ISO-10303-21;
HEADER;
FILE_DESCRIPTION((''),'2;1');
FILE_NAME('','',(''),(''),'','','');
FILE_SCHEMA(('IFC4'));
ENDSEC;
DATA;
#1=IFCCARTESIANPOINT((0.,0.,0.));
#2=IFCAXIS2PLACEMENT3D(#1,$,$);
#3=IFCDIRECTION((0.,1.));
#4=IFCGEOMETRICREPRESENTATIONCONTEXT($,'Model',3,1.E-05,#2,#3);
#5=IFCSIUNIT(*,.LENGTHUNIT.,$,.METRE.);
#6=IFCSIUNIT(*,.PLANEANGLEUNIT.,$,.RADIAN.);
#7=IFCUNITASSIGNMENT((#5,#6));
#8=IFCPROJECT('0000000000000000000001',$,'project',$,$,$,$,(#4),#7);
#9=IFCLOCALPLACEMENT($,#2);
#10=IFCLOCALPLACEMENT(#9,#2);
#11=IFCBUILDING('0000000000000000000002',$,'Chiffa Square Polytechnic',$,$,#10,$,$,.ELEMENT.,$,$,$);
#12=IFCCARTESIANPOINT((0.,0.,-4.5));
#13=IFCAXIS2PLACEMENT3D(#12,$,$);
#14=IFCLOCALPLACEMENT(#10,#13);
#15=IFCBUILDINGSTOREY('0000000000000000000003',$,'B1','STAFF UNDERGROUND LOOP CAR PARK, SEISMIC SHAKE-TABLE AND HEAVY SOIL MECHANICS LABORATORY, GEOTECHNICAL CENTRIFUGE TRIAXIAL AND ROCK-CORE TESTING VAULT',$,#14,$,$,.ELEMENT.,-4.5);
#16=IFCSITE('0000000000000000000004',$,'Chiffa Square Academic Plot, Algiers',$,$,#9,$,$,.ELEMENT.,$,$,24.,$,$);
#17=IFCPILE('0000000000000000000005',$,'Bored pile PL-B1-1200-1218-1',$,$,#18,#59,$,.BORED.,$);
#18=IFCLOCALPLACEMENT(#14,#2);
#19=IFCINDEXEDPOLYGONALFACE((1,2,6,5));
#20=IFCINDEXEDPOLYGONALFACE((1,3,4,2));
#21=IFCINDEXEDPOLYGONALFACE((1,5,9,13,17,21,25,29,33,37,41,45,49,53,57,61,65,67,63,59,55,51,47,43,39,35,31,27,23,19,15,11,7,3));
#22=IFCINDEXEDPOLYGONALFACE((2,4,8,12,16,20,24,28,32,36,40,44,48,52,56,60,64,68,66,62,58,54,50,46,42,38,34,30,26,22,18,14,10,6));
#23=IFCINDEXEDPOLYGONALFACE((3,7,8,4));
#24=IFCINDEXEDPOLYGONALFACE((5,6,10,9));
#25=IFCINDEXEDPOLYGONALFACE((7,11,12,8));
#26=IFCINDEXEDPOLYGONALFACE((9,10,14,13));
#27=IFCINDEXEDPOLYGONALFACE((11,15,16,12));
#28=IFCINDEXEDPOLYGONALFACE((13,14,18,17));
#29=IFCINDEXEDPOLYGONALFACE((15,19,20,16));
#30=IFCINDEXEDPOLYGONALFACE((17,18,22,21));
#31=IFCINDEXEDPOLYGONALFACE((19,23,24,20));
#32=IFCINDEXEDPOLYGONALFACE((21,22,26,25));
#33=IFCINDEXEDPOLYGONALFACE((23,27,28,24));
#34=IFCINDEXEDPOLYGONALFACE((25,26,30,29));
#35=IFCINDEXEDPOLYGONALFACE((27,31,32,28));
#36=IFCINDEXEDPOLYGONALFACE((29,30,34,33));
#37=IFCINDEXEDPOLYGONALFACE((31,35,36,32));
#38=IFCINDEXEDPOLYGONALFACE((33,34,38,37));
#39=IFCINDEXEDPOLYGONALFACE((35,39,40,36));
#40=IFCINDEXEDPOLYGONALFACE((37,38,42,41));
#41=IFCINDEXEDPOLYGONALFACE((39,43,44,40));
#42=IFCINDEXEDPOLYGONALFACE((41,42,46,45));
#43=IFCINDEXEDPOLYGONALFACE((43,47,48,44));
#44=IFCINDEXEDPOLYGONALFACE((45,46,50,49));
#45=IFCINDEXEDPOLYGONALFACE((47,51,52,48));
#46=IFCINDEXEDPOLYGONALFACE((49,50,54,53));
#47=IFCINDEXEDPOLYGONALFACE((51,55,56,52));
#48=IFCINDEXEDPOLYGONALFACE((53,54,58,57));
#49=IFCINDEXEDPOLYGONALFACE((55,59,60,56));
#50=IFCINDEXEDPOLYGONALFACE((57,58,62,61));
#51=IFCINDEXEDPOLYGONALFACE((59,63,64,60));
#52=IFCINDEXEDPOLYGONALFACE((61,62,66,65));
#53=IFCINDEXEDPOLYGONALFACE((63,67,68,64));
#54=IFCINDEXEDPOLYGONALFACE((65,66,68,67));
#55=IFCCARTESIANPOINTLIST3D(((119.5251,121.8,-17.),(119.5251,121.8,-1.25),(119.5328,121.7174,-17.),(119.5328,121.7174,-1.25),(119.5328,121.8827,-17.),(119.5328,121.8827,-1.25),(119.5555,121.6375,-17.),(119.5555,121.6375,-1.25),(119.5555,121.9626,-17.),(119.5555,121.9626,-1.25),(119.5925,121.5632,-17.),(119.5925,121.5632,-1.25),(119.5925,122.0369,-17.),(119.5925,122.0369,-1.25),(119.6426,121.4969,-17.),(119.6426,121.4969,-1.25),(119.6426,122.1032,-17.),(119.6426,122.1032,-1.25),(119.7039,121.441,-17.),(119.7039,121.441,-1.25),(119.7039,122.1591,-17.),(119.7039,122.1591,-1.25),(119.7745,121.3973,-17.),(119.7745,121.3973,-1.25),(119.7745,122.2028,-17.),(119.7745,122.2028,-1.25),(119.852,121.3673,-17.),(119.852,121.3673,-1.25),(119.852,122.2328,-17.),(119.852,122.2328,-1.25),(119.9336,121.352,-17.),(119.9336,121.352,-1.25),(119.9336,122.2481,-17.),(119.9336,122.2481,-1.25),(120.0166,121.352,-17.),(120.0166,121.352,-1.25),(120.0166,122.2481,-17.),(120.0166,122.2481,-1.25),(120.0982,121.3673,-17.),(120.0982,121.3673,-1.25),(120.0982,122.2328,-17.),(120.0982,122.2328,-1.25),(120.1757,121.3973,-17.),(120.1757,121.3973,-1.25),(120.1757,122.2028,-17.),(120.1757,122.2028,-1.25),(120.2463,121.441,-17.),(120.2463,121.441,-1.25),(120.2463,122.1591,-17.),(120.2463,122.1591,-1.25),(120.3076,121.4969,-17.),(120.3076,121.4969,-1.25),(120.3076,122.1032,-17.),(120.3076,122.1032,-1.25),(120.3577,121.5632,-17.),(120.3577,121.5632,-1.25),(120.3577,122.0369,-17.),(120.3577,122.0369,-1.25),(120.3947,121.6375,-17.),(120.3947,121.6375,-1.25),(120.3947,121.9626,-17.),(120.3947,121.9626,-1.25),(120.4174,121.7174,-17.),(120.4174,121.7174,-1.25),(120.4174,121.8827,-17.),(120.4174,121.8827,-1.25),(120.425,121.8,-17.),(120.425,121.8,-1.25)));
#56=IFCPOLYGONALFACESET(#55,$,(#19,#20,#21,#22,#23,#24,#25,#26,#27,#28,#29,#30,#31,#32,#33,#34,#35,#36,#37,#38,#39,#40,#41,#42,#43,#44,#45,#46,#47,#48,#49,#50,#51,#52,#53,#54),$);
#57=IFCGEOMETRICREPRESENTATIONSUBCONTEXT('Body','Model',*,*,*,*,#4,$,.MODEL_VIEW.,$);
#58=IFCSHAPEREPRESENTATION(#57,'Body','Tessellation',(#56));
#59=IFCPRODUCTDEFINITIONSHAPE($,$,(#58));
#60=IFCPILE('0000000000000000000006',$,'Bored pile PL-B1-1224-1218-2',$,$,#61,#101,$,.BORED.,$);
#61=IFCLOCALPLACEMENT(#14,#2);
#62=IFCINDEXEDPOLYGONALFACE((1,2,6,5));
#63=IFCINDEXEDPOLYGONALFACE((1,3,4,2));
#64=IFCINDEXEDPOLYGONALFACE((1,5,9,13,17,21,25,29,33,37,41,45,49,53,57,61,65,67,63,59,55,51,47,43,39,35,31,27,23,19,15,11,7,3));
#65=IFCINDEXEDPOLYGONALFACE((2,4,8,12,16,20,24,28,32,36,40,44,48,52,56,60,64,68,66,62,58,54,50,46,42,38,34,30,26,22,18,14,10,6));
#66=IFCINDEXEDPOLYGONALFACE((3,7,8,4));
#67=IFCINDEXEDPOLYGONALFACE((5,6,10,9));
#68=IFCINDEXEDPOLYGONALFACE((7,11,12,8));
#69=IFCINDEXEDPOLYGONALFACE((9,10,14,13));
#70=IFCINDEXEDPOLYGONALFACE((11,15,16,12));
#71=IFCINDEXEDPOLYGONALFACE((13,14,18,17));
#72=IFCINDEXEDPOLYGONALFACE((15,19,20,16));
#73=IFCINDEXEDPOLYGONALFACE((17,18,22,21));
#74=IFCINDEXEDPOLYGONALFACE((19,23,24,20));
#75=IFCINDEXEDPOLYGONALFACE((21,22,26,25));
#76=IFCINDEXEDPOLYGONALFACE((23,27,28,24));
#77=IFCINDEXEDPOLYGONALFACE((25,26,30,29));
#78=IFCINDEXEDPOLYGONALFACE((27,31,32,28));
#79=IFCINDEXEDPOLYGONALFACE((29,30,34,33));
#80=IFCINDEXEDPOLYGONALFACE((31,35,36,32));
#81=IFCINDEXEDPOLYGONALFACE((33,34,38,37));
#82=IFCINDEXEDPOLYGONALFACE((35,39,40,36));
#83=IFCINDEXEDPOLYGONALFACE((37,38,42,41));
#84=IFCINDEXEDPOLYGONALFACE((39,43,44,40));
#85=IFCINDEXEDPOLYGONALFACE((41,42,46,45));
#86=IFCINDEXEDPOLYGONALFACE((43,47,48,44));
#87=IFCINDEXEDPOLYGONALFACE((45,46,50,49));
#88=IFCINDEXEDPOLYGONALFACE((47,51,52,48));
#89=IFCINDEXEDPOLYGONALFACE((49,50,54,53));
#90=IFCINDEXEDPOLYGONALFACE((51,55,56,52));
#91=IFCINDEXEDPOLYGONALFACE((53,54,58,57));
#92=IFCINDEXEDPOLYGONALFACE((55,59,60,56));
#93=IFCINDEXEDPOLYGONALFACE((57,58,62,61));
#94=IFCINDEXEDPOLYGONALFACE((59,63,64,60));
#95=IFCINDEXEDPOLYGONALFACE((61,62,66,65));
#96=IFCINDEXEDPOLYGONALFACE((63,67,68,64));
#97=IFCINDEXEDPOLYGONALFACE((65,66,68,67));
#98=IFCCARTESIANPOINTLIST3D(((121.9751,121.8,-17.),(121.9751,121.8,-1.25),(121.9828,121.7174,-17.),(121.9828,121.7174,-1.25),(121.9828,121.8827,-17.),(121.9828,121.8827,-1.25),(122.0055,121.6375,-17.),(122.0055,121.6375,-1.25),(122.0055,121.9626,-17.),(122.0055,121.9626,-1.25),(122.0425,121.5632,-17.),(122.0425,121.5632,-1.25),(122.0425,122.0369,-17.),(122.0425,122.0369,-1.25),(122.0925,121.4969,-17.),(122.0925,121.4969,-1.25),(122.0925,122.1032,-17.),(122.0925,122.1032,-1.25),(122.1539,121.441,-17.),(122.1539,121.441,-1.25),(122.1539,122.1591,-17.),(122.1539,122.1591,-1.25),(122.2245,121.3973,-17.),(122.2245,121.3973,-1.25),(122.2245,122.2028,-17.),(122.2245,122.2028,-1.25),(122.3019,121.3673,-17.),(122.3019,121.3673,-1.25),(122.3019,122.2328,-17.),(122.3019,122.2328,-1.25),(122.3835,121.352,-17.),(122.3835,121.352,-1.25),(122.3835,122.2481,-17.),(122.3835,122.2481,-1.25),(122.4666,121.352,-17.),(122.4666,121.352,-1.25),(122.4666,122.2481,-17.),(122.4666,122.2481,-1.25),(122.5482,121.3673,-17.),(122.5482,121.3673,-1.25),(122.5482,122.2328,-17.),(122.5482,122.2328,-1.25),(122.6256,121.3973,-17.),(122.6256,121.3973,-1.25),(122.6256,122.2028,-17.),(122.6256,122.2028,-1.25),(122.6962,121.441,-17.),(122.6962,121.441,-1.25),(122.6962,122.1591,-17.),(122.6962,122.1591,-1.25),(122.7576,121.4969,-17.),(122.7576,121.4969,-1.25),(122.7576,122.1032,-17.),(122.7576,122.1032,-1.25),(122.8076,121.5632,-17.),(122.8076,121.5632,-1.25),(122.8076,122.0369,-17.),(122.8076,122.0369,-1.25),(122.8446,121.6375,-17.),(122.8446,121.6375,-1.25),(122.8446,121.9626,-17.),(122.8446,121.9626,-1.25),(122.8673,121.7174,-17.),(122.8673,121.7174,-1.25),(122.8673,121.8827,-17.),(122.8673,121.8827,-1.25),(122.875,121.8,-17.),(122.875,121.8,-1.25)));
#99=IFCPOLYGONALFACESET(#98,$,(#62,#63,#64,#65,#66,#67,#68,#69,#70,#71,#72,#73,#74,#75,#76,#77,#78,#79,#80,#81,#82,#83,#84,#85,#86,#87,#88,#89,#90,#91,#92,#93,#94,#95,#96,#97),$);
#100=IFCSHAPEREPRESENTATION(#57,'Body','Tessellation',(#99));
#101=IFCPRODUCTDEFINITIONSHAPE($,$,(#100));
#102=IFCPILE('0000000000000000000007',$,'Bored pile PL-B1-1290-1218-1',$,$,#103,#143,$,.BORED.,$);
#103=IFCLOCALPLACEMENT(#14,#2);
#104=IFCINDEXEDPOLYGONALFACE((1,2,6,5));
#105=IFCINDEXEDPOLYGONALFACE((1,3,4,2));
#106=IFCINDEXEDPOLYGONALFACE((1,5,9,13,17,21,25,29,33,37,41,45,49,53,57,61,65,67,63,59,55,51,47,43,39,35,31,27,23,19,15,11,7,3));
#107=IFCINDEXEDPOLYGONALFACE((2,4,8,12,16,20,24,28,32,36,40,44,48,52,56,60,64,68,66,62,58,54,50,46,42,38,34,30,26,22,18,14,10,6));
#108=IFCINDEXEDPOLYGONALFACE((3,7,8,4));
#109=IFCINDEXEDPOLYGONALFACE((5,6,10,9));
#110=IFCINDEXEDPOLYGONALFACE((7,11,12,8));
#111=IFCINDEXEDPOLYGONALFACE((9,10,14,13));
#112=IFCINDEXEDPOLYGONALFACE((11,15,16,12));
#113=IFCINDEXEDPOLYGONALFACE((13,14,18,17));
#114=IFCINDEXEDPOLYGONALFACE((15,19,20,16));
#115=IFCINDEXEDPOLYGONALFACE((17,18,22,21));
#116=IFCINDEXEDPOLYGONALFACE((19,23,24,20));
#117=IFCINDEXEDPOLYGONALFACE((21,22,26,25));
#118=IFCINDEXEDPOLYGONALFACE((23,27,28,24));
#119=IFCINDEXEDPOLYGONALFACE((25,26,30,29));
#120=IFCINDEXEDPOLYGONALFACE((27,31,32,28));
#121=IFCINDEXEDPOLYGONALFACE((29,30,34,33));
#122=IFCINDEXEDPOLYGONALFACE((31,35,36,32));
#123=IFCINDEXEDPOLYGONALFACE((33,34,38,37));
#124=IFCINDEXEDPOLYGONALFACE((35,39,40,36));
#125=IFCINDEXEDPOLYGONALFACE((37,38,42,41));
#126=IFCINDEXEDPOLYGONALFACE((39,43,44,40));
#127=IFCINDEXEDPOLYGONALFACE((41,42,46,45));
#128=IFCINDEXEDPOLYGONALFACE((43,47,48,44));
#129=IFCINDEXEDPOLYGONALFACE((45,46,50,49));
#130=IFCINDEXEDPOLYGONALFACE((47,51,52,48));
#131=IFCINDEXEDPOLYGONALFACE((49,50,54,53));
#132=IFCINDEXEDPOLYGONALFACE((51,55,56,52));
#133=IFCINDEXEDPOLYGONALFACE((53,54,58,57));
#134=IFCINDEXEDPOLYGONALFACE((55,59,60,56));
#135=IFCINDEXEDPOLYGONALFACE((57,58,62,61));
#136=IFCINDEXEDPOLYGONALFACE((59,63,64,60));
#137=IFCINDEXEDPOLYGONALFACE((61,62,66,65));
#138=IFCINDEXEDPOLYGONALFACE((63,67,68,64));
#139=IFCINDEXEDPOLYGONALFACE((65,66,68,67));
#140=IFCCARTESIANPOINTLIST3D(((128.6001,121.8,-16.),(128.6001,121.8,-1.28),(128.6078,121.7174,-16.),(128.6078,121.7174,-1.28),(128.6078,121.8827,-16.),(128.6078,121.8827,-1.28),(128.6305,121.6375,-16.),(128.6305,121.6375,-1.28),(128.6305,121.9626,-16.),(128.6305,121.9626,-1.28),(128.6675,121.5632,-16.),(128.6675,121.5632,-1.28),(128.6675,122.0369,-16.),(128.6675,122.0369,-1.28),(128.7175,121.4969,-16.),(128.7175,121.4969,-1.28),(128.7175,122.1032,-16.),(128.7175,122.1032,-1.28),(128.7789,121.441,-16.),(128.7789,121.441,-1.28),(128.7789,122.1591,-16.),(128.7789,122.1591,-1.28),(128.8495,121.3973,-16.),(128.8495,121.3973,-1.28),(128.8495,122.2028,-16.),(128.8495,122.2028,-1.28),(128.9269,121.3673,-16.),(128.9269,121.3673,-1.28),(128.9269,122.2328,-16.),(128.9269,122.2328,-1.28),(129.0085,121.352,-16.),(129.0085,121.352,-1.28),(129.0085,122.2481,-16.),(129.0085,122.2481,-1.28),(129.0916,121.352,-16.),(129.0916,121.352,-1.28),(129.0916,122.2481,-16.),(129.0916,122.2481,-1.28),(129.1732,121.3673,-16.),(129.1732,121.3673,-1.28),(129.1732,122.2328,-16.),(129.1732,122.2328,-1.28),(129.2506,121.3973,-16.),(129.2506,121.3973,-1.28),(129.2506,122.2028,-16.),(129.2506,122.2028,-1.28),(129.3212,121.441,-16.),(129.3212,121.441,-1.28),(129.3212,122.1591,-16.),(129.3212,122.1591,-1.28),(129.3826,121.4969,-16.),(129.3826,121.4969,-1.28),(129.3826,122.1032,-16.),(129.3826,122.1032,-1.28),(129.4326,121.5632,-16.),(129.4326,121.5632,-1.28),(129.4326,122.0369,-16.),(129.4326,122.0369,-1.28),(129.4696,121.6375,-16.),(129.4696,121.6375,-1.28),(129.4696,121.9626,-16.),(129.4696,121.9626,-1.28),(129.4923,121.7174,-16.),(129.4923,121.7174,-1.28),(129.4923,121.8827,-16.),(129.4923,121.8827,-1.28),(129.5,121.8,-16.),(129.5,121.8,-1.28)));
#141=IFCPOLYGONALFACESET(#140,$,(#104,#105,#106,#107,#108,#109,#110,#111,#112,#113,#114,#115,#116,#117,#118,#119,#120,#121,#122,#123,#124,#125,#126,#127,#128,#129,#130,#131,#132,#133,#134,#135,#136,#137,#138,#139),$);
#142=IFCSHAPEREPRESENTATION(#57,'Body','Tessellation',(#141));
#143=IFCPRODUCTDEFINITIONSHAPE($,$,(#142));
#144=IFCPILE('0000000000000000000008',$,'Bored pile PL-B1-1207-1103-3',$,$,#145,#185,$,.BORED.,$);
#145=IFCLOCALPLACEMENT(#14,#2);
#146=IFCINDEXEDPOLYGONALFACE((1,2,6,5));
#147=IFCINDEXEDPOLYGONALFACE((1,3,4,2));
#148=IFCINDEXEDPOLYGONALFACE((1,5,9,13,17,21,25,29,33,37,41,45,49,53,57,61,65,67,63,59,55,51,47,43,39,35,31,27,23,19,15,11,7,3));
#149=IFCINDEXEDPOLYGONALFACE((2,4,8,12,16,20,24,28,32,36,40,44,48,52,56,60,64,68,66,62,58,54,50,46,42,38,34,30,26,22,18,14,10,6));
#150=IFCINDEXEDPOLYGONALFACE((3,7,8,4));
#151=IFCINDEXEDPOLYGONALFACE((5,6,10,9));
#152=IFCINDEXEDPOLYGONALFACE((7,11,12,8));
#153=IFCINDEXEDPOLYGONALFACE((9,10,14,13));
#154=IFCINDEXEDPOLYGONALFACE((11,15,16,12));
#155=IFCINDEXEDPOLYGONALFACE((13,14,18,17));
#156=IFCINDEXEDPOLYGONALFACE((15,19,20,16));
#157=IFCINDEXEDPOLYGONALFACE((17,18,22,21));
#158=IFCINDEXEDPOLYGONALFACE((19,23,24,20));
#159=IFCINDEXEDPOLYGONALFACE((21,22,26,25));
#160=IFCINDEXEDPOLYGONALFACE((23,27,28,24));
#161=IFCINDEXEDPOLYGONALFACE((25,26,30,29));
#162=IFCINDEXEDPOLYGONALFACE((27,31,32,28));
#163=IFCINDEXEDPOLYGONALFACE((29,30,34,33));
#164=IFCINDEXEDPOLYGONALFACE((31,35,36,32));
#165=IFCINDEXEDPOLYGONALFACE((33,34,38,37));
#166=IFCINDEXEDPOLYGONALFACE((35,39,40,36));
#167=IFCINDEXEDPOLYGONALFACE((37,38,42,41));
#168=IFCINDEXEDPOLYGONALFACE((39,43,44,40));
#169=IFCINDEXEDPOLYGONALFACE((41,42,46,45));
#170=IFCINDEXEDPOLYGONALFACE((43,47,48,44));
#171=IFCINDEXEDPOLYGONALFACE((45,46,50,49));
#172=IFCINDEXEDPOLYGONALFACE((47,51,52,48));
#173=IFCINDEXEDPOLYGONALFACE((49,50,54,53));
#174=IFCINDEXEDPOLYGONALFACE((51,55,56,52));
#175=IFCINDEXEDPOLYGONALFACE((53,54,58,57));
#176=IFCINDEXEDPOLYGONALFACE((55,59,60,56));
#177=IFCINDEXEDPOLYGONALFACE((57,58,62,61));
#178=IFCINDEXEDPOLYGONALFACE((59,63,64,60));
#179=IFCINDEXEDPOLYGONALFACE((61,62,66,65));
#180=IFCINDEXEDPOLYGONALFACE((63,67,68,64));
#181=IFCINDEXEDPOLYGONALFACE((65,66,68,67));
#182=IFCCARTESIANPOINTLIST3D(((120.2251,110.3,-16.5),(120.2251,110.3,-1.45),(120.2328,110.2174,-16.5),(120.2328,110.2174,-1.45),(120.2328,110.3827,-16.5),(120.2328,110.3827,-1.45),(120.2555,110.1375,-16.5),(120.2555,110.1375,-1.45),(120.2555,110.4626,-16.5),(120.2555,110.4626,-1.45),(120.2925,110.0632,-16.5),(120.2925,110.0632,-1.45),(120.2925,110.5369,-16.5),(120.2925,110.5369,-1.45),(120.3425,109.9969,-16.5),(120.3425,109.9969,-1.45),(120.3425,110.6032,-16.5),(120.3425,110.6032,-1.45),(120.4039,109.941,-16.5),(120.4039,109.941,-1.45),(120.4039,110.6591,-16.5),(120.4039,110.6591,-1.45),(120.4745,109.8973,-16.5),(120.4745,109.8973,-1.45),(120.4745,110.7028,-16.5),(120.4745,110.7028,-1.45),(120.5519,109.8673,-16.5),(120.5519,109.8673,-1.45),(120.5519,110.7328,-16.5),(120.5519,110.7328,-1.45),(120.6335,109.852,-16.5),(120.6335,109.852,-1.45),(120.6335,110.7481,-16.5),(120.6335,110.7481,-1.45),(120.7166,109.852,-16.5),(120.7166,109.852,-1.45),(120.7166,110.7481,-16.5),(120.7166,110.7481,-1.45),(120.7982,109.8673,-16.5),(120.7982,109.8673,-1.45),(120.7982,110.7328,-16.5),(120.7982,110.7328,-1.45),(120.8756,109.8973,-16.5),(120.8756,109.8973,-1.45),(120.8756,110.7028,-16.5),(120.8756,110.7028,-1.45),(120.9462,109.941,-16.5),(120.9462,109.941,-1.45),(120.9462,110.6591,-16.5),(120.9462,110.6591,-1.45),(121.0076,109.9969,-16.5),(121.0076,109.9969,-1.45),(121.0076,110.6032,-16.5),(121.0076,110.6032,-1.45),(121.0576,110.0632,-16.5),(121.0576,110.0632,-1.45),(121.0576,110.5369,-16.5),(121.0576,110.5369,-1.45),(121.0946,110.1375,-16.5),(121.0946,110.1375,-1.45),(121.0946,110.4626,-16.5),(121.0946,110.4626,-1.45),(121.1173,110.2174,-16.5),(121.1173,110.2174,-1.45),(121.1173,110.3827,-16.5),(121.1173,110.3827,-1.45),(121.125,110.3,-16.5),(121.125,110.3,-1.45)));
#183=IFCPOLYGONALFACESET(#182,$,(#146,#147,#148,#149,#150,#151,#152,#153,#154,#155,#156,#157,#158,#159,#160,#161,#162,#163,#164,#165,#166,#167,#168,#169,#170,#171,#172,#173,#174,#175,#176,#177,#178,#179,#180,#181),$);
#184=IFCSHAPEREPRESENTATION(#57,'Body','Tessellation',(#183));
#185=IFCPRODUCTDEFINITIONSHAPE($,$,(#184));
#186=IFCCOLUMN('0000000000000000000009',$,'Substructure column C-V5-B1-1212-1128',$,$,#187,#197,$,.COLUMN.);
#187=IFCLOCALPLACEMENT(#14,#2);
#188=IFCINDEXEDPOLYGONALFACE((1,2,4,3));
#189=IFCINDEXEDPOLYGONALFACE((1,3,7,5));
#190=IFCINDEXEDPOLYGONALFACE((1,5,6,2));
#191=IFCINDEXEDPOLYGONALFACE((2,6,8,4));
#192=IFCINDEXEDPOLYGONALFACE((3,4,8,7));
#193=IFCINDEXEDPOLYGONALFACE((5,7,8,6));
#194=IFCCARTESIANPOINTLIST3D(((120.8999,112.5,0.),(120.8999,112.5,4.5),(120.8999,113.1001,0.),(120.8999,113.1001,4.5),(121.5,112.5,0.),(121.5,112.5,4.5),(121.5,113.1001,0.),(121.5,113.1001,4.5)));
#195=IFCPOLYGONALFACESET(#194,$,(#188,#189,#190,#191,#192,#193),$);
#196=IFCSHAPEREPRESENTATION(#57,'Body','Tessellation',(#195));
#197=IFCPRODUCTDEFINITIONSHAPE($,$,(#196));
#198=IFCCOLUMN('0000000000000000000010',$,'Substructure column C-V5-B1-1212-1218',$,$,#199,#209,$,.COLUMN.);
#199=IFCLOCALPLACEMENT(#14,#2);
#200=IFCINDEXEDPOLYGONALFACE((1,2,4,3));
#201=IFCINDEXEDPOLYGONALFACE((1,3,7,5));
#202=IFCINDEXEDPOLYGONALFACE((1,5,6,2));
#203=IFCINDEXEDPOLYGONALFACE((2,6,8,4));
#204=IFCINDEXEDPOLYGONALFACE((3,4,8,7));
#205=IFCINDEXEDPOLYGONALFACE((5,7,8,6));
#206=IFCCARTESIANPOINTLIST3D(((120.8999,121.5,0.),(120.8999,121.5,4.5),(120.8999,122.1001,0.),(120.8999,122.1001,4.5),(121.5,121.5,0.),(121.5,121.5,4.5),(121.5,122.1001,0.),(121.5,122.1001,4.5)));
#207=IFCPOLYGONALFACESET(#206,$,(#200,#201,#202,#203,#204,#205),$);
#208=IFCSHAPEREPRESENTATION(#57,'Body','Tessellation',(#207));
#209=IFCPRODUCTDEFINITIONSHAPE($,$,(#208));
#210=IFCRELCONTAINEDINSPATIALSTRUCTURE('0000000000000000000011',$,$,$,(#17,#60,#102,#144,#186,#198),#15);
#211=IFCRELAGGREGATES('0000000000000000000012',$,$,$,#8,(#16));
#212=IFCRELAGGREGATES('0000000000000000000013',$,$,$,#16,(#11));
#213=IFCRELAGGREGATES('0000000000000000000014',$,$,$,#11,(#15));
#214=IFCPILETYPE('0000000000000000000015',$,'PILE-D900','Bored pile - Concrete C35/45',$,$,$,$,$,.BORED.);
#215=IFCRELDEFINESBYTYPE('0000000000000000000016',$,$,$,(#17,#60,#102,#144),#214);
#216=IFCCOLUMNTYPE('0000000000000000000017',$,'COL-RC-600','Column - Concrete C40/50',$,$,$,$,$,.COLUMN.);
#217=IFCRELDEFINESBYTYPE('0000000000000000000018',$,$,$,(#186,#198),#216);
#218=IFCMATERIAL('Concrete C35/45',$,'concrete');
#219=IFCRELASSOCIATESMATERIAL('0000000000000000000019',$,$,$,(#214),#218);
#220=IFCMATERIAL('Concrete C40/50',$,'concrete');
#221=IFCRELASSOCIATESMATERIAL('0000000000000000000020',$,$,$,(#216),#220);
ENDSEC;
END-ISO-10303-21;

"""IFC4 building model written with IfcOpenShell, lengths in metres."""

from ifc_helpers import new_model, si_unit, direction, frame, origin, origin_2d, place, context, subcontext, project, spatial, rectangle, circle, extrude, material, material_profile, profile_set, type_object, element, save


model = new_model("IFC4")

# Units and contexts
model_context = context("Model", 3, precision=1e-05, world=origin(), true_north=direction((0.0, 1.0)))
body_context = subcontext(model_context, "Body", "Model", "MODEL_VIEW")
ifc_project = project(units=[si_unit("LENGTHUNIT", "METRE"), si_unit("PLANEANGLEUNIT", "RADIAN")], contexts=[model_context])

# Site, building, storey
site_placement = place(None, origin())
site = spatial("IfcSite", under=ifc_project, at=site_placement, Name="Chiffa Square Academic Plot, Algiers", CompositionType="ELEMENT", RefElevation=24.0)
building_placement = place(site_placement, origin())
building = spatial("IfcBuilding", under=site, at=building_placement, Name="Chiffa Square Polytechnic", CompositionType="ELEMENT")
storey_placement = place(building_placement, frame((0.0, 0.0, -4.5)))
storey = spatial("IfcBuildingStorey", under=building, at=storey_placement, Name="B1", Description="STAFF UNDERGROUND LOOP CAR PARK, SEISMIC SHAKE-TABLE AND HEAVY SOIL MECHANICS LABORATORY, GEOTECHNICAL CENTRIFUGE TRIAXIAL AND ROCK-CORE TESTING VAULT", CompositionType="ELEMENT", Elevation=-4.5)

# Shared definitions
ifc_material_1 = material(Name="Concrete C35/45", Category="concrete")

# Piles
ifc_material_profile_1 = material_profile(ifc_material_1, circle(Radius=0.45, at=origin_2d()), Name="PILE D900")
ifc_profile_set_1 = profile_set([ifc_material_profile_1], Name="Concrete C35/45")
pile_type_1 = type_object("IfcPileType", Name="PILE-D900", Description="Bored pile - Concrete C35/45", PredefinedType="BORED", material=ifc_profile_set_1)
for number, where, z_axis, x_axis, name in (
    (1, (119.9751, 121.8, -1.25), (0.0, 0.0, -1.0), (1.0, 0.0, 0.0), "Bored pile PL-B1-1200-1218-1"),
    (2, (122.425, 121.8, -1.25), (0.0, 0.0, -1.0), (1.0, 0.0, 0.0), "Bored pile PL-B1-1224-1218-2"),
):
    element("IfcPile", number, at=place(storey_placement, frame(where, z_axis=z_axis, x_axis=x_axis)), inside=storey, type_object=pile_type_1, Name=name, PredefinedType="BORED", context=body_context, shape_type="SweptSolid", body=[
        extrude(circle(Radius=0.45, at=origin_2d()), origin(), (0.0, 0.0, 1.0), 15.75),
    ])
pile_1_placement = place(storey_placement, frame((129.05, 121.8, -1.28), z_axis=(0.0, 0.0, -1.0), x_axis=(1.0, 0.0, 0.0)))
element("IfcPile", 3, at=pile_1_placement, inside=storey, type_object=pile_type_1, Name="Bored pile PL-B1-1290-1218-1", PredefinedType="BORED", context=body_context, shape_type="SweptSolid", body=[
    extrude(circle(Radius=0.45, at=origin_2d()), origin(), (0.0, 0.0, 1.0), 14.72),
])
pile_2_placement = place(storey_placement, frame((120.675, 110.3, -1.45), z_axis=(0.0, 0.0, -1.0), x_axis=(1.0, 0.0, 0.0)))
element("IfcPile", 4, at=pile_2_placement, inside=storey, type_object=pile_type_1, Name="Bored pile PL-B1-1207-1103-3", PredefinedType="BORED", context=body_context, shape_type="SweptSolid", body=[
    extrude(circle(Radius=0.45, at=origin_2d()), origin(), (0.0, 0.0, 1.0), 15.05),
])

# Columns
ifc_material_2 = material(Name="Concrete C40/50", Category="concrete")
ifc_material_profile_2 = material_profile(ifc_material_2, rectangle(XDim=0.6001, YDim=0.6001, at=origin_2d()), Name="RC 600x600")
ifc_profile_set_2 = profile_set([ifc_material_profile_2], Name="Concrete C40/50")
column_type = type_object("IfcColumnType", Name="COL-RC-600", Description="Column - Concrete C40/50", PredefinedType="COLUMN", material=ifc_profile_set_2)
for number, where, z_axis, x_axis, name in (
    (5, (121.2, 112.8, 0.0), (0.0, 0.0, 1.0), (1.0, 0.0, 0.0), "Substructure column C-V5-B1-1212-1128"),
    (6, (121.2, 121.8, 0.0), (0.0, 0.0, 1.0), (1.0, 0.0, 0.0), "Substructure column C-V5-B1-1212-1218"),
):
    element("IfcColumn", number, at=place(storey_placement, frame(where, z_axis=z_axis, x_axis=x_axis)), inside=storey, type_object=column_type, Name=name, PredefinedType="COLUMN", context=body_context, shape_type="SweptSolid", body=[
        extrude(rectangle(XDim=0.6001, YDim=0.6001, at=origin_2d()), origin(), (0.0, 0.0, 1.0), 4.5),
    ])

save(model, "model.ifc")
